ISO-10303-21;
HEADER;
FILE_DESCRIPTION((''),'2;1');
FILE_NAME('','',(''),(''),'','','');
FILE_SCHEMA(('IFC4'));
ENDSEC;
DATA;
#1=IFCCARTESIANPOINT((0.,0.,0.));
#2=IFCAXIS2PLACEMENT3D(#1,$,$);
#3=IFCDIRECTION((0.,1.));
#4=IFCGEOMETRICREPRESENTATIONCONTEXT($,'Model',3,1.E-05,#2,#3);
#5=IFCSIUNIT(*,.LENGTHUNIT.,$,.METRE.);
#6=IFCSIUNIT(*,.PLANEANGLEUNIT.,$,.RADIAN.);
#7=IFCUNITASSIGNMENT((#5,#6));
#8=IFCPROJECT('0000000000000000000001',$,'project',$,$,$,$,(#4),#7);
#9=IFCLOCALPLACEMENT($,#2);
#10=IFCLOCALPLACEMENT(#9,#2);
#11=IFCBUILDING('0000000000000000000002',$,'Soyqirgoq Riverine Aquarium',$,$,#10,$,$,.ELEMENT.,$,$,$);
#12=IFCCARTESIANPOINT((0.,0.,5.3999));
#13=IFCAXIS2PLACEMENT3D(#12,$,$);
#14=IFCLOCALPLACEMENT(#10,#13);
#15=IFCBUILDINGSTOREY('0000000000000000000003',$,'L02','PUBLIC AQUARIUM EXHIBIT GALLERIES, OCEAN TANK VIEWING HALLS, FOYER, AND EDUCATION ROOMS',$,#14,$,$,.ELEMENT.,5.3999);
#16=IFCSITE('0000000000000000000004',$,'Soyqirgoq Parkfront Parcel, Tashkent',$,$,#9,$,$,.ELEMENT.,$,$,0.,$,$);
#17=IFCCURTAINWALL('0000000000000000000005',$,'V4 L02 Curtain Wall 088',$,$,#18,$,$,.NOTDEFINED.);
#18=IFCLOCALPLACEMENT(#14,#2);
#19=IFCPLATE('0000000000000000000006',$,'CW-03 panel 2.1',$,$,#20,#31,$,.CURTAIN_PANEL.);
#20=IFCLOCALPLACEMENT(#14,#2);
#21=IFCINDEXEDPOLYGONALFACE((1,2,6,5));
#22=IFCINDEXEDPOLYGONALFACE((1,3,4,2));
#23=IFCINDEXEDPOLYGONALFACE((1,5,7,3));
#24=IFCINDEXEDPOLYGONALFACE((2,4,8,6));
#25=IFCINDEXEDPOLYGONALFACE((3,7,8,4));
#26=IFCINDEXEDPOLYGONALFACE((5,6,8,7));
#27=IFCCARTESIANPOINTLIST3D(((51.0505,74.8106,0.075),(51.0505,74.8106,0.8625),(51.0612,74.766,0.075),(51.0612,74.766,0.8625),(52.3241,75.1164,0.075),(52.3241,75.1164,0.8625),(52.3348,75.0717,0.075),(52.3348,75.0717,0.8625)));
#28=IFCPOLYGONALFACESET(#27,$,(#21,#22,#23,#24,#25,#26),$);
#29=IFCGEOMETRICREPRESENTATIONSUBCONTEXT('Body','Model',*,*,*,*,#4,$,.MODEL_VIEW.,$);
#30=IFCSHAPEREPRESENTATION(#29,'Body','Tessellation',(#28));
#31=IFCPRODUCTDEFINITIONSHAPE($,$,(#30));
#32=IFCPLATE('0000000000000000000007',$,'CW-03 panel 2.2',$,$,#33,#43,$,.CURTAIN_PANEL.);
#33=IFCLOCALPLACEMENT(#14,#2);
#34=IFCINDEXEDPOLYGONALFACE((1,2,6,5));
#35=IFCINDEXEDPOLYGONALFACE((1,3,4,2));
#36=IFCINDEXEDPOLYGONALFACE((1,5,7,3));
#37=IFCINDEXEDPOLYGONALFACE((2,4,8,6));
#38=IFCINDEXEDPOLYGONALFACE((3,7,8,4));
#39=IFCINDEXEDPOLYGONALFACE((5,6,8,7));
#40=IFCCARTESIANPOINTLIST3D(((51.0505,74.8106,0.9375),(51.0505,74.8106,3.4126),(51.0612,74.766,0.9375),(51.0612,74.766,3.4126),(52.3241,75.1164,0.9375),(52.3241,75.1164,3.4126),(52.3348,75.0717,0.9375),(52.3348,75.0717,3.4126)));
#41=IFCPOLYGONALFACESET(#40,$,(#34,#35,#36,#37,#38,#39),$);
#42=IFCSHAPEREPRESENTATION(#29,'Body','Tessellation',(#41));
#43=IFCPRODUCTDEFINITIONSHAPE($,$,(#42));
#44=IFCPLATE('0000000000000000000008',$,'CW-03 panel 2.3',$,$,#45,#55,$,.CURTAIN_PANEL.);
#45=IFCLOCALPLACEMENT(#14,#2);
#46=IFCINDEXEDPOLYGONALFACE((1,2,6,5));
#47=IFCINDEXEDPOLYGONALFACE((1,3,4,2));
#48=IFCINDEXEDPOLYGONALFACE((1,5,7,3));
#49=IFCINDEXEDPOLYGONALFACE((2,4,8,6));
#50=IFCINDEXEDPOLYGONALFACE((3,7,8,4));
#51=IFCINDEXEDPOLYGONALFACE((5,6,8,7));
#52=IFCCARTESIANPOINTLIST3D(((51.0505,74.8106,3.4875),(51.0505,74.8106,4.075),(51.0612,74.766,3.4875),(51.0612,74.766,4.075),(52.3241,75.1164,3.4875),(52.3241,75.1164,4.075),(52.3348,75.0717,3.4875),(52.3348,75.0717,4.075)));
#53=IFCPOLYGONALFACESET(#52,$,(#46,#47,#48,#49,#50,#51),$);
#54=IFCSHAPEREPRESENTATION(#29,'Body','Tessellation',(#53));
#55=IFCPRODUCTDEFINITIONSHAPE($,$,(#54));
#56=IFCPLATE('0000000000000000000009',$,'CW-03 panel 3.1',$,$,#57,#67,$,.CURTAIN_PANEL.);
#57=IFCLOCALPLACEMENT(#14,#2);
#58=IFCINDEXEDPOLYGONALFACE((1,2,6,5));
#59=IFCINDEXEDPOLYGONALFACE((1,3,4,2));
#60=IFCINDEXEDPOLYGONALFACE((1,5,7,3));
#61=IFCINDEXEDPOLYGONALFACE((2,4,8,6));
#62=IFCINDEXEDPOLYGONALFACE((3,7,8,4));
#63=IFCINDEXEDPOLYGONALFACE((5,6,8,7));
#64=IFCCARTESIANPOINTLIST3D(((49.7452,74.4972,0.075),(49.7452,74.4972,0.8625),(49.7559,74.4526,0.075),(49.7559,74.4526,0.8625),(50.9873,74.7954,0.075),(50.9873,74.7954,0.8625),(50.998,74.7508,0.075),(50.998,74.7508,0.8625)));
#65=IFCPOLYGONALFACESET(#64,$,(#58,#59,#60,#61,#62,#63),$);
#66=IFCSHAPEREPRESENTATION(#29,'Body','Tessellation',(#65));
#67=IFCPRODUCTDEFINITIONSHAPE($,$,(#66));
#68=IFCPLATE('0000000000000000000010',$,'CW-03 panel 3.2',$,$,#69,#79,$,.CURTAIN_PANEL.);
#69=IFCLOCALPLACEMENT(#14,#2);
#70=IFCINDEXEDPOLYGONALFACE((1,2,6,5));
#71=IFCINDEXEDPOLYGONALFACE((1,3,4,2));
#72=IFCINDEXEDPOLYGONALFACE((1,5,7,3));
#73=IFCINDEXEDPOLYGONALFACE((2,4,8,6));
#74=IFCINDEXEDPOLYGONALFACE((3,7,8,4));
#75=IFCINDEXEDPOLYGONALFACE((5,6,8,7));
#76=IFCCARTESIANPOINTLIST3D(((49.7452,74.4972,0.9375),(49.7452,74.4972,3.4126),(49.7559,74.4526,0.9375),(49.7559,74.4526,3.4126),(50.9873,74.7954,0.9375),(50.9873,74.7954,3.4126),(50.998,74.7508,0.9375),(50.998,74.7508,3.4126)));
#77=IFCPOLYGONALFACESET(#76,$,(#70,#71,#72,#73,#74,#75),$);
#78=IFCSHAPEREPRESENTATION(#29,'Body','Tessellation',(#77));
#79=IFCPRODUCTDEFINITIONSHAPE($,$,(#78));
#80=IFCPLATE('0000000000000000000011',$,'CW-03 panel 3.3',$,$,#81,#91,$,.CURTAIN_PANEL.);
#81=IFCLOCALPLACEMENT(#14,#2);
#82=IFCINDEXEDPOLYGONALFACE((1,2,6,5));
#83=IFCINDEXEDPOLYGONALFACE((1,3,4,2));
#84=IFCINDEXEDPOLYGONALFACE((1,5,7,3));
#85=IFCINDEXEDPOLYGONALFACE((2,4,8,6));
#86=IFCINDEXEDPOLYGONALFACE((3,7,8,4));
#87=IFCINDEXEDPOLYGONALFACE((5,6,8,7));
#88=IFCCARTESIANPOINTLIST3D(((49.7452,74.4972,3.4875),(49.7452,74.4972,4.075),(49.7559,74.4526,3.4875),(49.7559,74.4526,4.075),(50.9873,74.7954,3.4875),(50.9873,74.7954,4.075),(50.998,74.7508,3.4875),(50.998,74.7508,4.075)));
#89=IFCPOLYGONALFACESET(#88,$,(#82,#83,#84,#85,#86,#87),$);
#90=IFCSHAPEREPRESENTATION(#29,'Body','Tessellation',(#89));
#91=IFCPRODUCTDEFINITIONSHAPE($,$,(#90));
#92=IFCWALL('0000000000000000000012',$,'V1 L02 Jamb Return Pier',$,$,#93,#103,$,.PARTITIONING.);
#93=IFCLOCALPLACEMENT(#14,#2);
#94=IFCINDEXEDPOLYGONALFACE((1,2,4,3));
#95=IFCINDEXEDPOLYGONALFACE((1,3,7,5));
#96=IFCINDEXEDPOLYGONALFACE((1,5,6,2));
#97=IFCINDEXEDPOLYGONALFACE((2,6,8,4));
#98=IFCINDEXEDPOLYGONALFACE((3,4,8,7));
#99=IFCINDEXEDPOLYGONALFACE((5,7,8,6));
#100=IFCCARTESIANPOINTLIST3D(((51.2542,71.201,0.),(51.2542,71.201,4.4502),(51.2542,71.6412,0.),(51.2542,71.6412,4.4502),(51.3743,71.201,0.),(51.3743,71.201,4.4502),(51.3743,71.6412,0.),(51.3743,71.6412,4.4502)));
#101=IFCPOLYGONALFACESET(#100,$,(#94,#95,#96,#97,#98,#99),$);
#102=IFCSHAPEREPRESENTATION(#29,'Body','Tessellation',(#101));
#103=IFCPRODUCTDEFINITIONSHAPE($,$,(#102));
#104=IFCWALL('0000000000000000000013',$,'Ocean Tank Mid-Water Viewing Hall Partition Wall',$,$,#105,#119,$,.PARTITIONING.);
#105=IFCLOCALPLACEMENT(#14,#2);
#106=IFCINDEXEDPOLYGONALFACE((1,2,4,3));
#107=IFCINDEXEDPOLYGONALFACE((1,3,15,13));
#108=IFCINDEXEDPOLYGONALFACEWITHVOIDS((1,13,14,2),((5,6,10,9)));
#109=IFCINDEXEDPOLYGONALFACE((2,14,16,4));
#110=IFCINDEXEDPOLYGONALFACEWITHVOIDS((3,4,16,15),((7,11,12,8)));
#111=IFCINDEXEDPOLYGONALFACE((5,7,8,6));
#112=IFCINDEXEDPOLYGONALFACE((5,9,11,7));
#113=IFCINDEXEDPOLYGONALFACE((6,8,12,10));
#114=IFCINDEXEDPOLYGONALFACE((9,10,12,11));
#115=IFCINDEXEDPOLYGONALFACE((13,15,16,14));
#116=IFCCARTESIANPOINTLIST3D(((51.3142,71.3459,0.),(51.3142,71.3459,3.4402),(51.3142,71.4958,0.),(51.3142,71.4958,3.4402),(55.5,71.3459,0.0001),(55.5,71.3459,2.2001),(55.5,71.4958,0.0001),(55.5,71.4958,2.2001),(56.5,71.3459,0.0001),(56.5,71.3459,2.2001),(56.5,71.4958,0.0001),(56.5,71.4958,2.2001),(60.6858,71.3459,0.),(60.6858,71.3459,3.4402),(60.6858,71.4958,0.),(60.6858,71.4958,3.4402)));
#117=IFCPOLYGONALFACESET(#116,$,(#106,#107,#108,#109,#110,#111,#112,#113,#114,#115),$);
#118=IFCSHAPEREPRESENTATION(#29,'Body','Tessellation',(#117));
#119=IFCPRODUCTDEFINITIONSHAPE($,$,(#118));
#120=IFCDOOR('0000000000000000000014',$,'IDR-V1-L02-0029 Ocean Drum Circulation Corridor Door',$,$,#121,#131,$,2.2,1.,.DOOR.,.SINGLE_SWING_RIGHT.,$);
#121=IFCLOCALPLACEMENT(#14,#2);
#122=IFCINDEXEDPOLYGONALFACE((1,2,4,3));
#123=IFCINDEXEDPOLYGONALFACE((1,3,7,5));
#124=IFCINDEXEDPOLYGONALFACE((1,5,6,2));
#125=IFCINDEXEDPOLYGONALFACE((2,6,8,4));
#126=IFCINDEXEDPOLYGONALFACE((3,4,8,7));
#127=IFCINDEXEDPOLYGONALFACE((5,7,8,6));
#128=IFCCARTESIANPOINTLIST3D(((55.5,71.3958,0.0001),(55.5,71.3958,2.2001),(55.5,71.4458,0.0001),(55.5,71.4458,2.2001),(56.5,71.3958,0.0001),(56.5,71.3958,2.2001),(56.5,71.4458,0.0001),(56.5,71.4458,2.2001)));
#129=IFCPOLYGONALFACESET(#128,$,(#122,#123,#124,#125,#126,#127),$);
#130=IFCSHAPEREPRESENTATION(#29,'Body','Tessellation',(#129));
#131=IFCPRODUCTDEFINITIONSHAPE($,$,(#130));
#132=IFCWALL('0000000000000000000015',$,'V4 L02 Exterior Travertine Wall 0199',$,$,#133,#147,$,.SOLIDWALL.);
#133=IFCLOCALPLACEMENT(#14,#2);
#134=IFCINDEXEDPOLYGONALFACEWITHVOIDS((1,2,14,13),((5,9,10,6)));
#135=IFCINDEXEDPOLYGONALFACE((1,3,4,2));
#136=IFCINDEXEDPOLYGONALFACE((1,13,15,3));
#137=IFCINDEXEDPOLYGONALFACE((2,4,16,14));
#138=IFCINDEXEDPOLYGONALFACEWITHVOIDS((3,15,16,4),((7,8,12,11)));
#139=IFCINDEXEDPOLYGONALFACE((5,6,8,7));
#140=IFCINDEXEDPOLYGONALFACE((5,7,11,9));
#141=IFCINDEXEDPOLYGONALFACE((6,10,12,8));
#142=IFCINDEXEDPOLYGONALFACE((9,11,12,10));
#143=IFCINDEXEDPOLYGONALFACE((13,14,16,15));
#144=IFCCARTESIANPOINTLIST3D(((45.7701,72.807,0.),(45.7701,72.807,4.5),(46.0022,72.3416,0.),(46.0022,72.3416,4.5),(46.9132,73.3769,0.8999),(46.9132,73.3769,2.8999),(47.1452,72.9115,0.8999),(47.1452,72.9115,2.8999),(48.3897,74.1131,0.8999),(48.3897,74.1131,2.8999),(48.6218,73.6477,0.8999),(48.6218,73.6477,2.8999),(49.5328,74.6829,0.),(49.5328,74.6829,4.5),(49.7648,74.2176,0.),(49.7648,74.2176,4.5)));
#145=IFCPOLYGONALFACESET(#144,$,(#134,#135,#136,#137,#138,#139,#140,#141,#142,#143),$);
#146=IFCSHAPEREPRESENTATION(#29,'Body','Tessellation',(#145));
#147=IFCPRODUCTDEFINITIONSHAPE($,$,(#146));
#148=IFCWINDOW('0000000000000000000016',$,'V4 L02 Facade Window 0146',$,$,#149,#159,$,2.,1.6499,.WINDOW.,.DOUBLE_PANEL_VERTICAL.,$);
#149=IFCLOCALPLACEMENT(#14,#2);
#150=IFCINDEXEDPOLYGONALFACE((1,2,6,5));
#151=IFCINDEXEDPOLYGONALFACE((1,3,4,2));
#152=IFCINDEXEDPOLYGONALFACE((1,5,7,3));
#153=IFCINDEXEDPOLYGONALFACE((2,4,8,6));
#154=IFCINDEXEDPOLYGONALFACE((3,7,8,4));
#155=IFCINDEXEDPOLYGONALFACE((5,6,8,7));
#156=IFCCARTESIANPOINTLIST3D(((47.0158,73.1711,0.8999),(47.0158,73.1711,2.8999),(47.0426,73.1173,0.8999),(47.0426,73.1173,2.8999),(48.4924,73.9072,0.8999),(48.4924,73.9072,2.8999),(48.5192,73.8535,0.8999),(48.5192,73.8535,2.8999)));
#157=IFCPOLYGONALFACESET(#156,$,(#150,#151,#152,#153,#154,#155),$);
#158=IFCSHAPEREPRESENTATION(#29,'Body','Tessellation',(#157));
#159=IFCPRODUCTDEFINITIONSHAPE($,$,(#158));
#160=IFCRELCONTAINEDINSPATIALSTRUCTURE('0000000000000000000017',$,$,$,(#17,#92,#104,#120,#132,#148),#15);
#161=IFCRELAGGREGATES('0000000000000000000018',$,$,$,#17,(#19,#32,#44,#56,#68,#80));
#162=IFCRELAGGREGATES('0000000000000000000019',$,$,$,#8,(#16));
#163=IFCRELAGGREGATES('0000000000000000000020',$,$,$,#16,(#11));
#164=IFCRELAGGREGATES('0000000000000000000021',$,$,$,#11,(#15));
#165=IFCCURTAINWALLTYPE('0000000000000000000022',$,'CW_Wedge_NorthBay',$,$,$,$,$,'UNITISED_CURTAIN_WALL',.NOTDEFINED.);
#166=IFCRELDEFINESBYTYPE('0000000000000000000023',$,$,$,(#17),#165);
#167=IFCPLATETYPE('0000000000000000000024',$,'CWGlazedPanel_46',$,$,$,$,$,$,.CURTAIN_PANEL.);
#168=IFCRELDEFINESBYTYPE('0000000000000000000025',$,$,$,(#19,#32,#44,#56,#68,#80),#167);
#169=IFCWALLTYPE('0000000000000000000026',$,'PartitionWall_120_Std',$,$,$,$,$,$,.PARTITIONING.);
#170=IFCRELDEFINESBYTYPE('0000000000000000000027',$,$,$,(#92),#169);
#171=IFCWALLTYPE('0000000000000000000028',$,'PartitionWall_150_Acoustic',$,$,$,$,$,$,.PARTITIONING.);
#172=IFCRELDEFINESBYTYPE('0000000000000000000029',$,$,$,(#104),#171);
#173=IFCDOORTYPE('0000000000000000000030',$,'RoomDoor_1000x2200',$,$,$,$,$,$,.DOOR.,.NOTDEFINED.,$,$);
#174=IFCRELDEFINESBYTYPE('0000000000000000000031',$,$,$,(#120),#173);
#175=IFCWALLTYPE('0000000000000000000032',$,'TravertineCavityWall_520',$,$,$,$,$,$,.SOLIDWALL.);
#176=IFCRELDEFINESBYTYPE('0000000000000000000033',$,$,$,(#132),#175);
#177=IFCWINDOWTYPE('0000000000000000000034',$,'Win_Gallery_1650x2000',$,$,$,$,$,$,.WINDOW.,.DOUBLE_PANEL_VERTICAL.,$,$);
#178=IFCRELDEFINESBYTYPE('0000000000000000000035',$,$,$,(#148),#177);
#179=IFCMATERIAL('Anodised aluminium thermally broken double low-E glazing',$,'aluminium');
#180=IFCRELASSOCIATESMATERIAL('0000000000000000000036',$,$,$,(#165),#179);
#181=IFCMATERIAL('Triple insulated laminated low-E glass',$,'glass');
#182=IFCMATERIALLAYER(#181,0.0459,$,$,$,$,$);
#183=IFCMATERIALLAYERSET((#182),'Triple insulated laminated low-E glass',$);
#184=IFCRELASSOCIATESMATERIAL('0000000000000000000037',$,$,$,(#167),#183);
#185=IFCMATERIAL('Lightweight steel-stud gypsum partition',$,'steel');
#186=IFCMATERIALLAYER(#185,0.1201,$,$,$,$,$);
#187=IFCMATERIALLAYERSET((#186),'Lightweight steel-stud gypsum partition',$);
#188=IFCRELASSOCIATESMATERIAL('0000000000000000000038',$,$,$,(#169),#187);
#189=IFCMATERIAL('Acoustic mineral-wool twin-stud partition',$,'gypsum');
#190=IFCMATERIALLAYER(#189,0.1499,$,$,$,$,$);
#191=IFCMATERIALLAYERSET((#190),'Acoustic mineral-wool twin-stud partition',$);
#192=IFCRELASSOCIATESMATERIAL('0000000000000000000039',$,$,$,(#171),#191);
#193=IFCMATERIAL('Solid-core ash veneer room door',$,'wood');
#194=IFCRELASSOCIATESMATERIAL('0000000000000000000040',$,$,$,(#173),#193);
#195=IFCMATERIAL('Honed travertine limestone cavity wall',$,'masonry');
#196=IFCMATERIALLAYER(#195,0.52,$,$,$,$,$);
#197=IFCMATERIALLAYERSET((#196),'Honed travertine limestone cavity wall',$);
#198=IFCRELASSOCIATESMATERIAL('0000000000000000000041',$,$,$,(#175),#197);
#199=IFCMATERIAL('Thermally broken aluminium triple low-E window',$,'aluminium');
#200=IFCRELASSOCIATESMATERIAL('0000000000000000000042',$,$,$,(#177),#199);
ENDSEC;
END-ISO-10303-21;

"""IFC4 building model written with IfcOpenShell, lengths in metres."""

from ifc_helpers import new_model, si_unit, direction, frame, frame_2d, origin, origin_2d, place, context, subcontext, project, spatial, rectangle, extrude, material, layer, layer_set, type_object, element, fill, aggregate, save


model = new_model("IFC4")

# Units and contexts
model_context = context("Model", 3, precision=1e-05, world=origin(), true_north=direction((0.0, 1.0)))
body_context = subcontext(model_context, "Body", "Model", "MODEL_VIEW")
ifc_project = project(units=[si_unit("LENGTHUNIT", "METRE"), si_unit("PLANEANGLEUNIT", "RADIAN")], contexts=[model_context])

# Site, building, storey
site_placement = place(None, origin())
site = spatial("IfcSite", under=ifc_project, at=site_placement, Name="Soyqirgoq Parkfront Parcel, Tashkent", CompositionType="ELEMENT", RefElevation=0.0)
building_placement = place(site_placement, origin())
building = spatial("IfcBuilding", under=site, at=building_placement, Name="Soyqirgoq Riverine Aquarium", CompositionType="ELEMENT")
storey_placement = place(building_placement, frame((0.0, 0.0, 5.3999)))
storey = spatial("IfcBuildingStorey", under=building, at=storey_placement, Name="L02", Description="PUBLIC AQUARIUM EXHIBIT GALLERIES, OCEAN TANK VIEWING HALLS, FOYER, AND EDUCATION ROOMS", CompositionType="ELEMENT", Elevation=5.3999)

# Curtain wall, plates
ifc_material_1 = material(Name="Anodised aluminium thermally broken double low-E glazing", Category="aluminium")
curtain_wall_type = type_object("IfcCurtainWallType", Name="CW_Wedge_NorthBay", ElementType="UNITISED_CURTAIN_WALL", PredefinedType="NOTDEFINED", material=ifc_material_1)
curtain_wall_placement = place(storey_placement, origin())
curtain_wall = element("IfcCurtainWall", 1, at=curtain_wall_placement, inside=storey, type_object=curtain_wall_type, Name="V4 L02 Curtain Wall 088", PredefinedType="NOTDEFINED")
ifc_material_2 = material(Name="Triple insulated laminated low-E glass", Category="glass")
ifc_layer_1 = layer(ifc_material_2, 0.0459)
ifc_layer_set_1 = layer_set([ifc_layer_1], Name="Triple insulated laminated low-E glass")
plate_type = type_object("IfcPlateType", Name="CWGlazedPanel_46", PredefinedType="CURTAIN_PANEL", material=ifc_layer_set_1)
plate_1_placement = place(storey_placement, frame((51.6926, 74.9412, 0.075), z_axis=(0.0, 0.0, 1.0), x_axis=(-0.972371, -0.233443, 0.0)))
plate_1 = element("IfcPlate", 2, at=plate_1_placement, type_object=plate_type, Name="CW-03 panel 2.1", PredefinedType="CURTAIN_PANEL", context=body_context, shape_type="SweptSolid", body=[
    extrude(rectangle(XDim=1.3098, YDim=0.0459, at=origin_2d()), origin(), (0.0, 0.0, 1.0), 0.7876),
])
plate_2_placement = place(storey_placement, frame((51.6926, 74.9412, 0.9375), z_axis=(0.0, 0.0, 1.0), x_axis=(-0.972371, -0.233443, 0.0)))
plate_2 = element("IfcPlate", 3, at=plate_2_placement, type_object=plate_type, Name="CW-03 panel 2.2", PredefinedType="CURTAIN_PANEL", context=body_context, shape_type="SweptSolid", body=[
    extrude(rectangle(XDim=1.3098, YDim=0.0459, at=origin_2d()), origin(), (0.0, 0.0, 1.0), 2.4751),
])
plate_3_placement = place(storey_placement, frame((51.6926, 74.9412, 3.4875), z_axis=(0.0, 0.0, 1.0), x_axis=(-0.972371, -0.233443, 0.0)))
plate_3 = element("IfcPlate", 4, at=plate_3_placement, type_object=plate_type, Name="CW-03 panel 2.3", PredefinedType="CURTAIN_PANEL", context=body_context, shape_type="SweptSolid", body=[
    extrude(rectangle(XDim=1.3098, YDim=0.0459, at=origin_2d()), origin(), (0.0, 0.0, 1.0), 0.5874),
])
plate_4_placement = place(storey_placement, frame((50.3716, 74.624, 0.075), z_axis=(0.0, 0.0, 1.0), x_axis=(-0.972371, -0.233443, 0.0)))
plate_4 = element("IfcPlate", 5, at=plate_4_placement, type_object=plate_type, Name="CW-03 panel 3.1", PredefinedType="CURTAIN_PANEL", context=body_context, shape_type="SweptSolid", body=[
    extrude(rectangle(XDim=1.2773, YDim=0.0459, at=origin_2d()), origin(), (0.0, 0.0, 1.0), 0.7876),
])
plate_5_placement = place(storey_placement, frame((50.3716, 74.624, 0.9375), z_axis=(0.0, 0.0, 1.0), x_axis=(-0.972371, -0.233443, 0.0)))
plate_5 = element("IfcPlate", 6, at=plate_5_placement, type_object=plate_type, Name="CW-03 panel 3.2", PredefinedType="CURTAIN_PANEL", context=body_context, shape_type="SweptSolid", body=[
    extrude(rectangle(XDim=1.2773, YDim=0.0459, at=origin_2d()), origin(), (0.0, 0.0, 1.0), 2.4751),
])
plate_6_placement = place(storey_placement, frame((50.3716, 74.624, 3.4875), z_axis=(0.0, 0.0, 1.0), x_axis=(-0.972371, -0.233443, 0.0)))
plate_6 = element("IfcPlate", 7, at=plate_6_placement, type_object=plate_type, Name="CW-03 panel 3.3", PredefinedType="CURTAIN_PANEL", context=body_context, shape_type="SweptSolid", body=[
    extrude(rectangle(XDim=1.2773, YDim=0.0459, at=origin_2d()), origin(), (0.0, 0.0, 1.0), 0.5874),
])
aggregate(curtain_wall, [plate_1, plate_2, plate_3, plate_4, plate_5, plate_6])

# Wall
ifc_material_3 = material(Name="Lightweight steel-stud gypsum partition", Category="steel")
ifc_layer_2 = layer(ifc_material_3, 0.1201)
ifc_layer_set_2 = layer_set([ifc_layer_2], Name="Lightweight steel-stud gypsum partition")
wall_type_1 = type_object("IfcWallType", Name="PartitionWall_120_Std", PredefinedType="PARTITIONING", material=ifc_layer_set_2)
wall_1_placement = place(storey_placement, frame((51.3142, 71.2009, 0.0), z_axis=(0.0, 0.0, 1.0), x_axis=(0.0, 1.0, 0.0)))
element("IfcWall", 8, at=wall_1_placement, inside=storey, type_object=wall_type_1, Name="V1 L02 Jamb Return Pier", PredefinedType="PARTITIONING", context=body_context, shape_type="SweptSolid", body=[
    extrude(rectangle(XDim=0.4402, YDim=0.1201, at=frame_2d((0.2202, 0.0))), origin(), (0.0, 0.0, 1.0), 4.4502),
])

# Wall, opening, door
ifc_material_4 = material(Name="Acoustic mineral-wool twin-stud partition", Category="gypsum")
ifc_layer_3 = layer(ifc_material_4, 0.1499)
ifc_layer_set_3 = layer_set([ifc_layer_3], Name="Acoustic mineral-wool twin-stud partition")
wall_type_2 = type_object("IfcWallType", Name="PartitionWall_150_Acoustic", PredefinedType="PARTITIONING", material=ifc_layer_set_3)
wall_2_placement = place(storey_placement, frame((51.3142, 71.4209, 0.0), z_axis=(0.0, 0.0, 1.0), x_axis=(1.0, 0.0, 0.0)))
wall_2 = element("IfcWall", 9, at=wall_2_placement, inside=storey, type_object=wall_type_2, Name="Ocean Tank Mid-Water Viewing Hall Partition Wall", PredefinedType="PARTITIONING", context=body_context, shape_type="SweptSolid", body=[
    extrude(rectangle(XDim=9.3716, YDim=0.1499, at=frame_2d((4.6858, 0.0))), origin(), (0.0, 0.0, 1.0), 3.4402),
])
opening_1_placement = place(wall_2_placement, frame((4.1858, 0.0, 0.0)))
opening_1 = element("IfcOpeningElement", 10, at=opening_1_placement, cuts=wall_2, PredefinedType="OPENING", context=body_context, shape_type="SweptSolid", body=[
    extrude(rectangle(XDim=1.0, YDim=2.2, at=frame_2d((0.5, 1.1001))), frame((0.0, 0.085, 0.0), z_axis=(0.0, -1.0, 0.0), x_axis=(1.0, 0.0, 0.0)), (0.0, 0.0, 1.0), 0.1699),
])
ifc_material_5 = material(Name="Solid-core ash veneer room door", Category="wood")
door_type = type_object("IfcDoorType", Name="RoomDoor_1000x2200", OperationType="NOTDEFINED", PredefinedType="DOOR", material=ifc_material_5)
door_placement = place(opening_1_placement, origin())
door = element("IfcDoor", 11, at=door_placement, inside=storey, type_object=door_type, Name="IDR-V1-L02-0029 Ocean Drum Circulation Corridor Door", OperationType="SINGLE_SWING_RIGHT", OverallHeight=2.2, OverallWidth=1.0, PredefinedType="DOOR", context=body_context, shape_type="SweptSolid", body=[
    extrude(rectangle(XDim=1.0, YDim=2.2, at=frame_2d((0.5, 1.1001))), frame((0.0, 0.0249, 0.0), z_axis=(0.0, -1.0, 0.0), x_axis=(1.0, 0.0, 0.0)), (0.0, 0.0, 1.0), 0.05),
])
fill(opening_1, door)

# Wall, opening, window
ifc_material_6 = material(Name="Honed travertine limestone cavity wall", Category="masonry")
ifc_layer_4 = layer(ifc_material_6, 0.52)
ifc_layer_set_4 = layer_set([ifc_layer_4], Name="Honed travertine limestone cavity wall")
wall_type_3 = type_object("IfcWallType", Name="TravertineCavityWall_520", PredefinedType="SOLIDWALL", material=ifc_layer_set_4)
wall_3_placement = place(storey_placement, frame((49.6487, 74.4502, 0.0), z_axis=(0.0, 0.0, 1.0), x_axis=(-0.894938, -0.446191, 0.0)))
wall_3 = element("IfcWall", 12, at=wall_3_placement, inside=storey, type_object=wall_type_3, Name="V4 L02 Exterior Travertine Wall 0199", PredefinedType="SOLIDWALL", context=body_context, shape_type="SweptSolid", body=[
    extrude(rectangle(XDim=4.2043, YDim=0.52, at=frame_2d((2.1021, 0.0))), origin(), (0.0, 0.0, 1.0), 4.5),
])
opening_2_placement = place(wall_3_placement, frame((1.2771, 0.0, 0.8999)))
opening_2 = element("IfcOpeningElement", 13, at=opening_2_placement, cuts=wall_3, PredefinedType="OPENING", context=body_context, shape_type="SweptSolid", body=[
    extrude(rectangle(XDim=1.6499, YDim=2.0, at=frame_2d((0.825, 1.0))), frame((0.0, 0.27, 0.0), z_axis=(0.0, -1.0, 0.0), x_axis=(1.0, 0.0, 0.0)), (0.0, 0.0, 1.0), 0.54),
])
ifc_material_7 = material(Name="Thermally broken aluminium triple low-E window", Category="aluminium")
window_type_1 = type_object("IfcWindowType", Name="Win_Gallery_1650x2000", PartitioningType="DOUBLE_PANEL_VERTICAL", PredefinedType="WINDOW", material=ifc_material_7)
window_1_placement = place(opening_2_placement, origin())
window_1 = element("IfcWindow", 14, at=window_1_placement, inside=storey, type_object=window_type_1, Name="V4 L02 Facade Window 0146", OverallHeight=2.0, OverallWidth=1.6499, PartitioningType="DOUBLE_PANEL_VERTICAL", PredefinedType="WINDOW", context=body_context, shape_type="SweptSolid", body=[
    extrude(rectangle(XDim=1.6499, YDim=2.0, at=frame_2d((0.825, 1.0))), frame((0.0, 0.03, 0.0), z_axis=(0.0, -1.0, 0.0), x_axis=(1.0, 0.0, 0.0)), (0.0, 0.0, 1.0), 0.0601),
])
fill(opening_2, window_1)

save(model, "model.ifc")
